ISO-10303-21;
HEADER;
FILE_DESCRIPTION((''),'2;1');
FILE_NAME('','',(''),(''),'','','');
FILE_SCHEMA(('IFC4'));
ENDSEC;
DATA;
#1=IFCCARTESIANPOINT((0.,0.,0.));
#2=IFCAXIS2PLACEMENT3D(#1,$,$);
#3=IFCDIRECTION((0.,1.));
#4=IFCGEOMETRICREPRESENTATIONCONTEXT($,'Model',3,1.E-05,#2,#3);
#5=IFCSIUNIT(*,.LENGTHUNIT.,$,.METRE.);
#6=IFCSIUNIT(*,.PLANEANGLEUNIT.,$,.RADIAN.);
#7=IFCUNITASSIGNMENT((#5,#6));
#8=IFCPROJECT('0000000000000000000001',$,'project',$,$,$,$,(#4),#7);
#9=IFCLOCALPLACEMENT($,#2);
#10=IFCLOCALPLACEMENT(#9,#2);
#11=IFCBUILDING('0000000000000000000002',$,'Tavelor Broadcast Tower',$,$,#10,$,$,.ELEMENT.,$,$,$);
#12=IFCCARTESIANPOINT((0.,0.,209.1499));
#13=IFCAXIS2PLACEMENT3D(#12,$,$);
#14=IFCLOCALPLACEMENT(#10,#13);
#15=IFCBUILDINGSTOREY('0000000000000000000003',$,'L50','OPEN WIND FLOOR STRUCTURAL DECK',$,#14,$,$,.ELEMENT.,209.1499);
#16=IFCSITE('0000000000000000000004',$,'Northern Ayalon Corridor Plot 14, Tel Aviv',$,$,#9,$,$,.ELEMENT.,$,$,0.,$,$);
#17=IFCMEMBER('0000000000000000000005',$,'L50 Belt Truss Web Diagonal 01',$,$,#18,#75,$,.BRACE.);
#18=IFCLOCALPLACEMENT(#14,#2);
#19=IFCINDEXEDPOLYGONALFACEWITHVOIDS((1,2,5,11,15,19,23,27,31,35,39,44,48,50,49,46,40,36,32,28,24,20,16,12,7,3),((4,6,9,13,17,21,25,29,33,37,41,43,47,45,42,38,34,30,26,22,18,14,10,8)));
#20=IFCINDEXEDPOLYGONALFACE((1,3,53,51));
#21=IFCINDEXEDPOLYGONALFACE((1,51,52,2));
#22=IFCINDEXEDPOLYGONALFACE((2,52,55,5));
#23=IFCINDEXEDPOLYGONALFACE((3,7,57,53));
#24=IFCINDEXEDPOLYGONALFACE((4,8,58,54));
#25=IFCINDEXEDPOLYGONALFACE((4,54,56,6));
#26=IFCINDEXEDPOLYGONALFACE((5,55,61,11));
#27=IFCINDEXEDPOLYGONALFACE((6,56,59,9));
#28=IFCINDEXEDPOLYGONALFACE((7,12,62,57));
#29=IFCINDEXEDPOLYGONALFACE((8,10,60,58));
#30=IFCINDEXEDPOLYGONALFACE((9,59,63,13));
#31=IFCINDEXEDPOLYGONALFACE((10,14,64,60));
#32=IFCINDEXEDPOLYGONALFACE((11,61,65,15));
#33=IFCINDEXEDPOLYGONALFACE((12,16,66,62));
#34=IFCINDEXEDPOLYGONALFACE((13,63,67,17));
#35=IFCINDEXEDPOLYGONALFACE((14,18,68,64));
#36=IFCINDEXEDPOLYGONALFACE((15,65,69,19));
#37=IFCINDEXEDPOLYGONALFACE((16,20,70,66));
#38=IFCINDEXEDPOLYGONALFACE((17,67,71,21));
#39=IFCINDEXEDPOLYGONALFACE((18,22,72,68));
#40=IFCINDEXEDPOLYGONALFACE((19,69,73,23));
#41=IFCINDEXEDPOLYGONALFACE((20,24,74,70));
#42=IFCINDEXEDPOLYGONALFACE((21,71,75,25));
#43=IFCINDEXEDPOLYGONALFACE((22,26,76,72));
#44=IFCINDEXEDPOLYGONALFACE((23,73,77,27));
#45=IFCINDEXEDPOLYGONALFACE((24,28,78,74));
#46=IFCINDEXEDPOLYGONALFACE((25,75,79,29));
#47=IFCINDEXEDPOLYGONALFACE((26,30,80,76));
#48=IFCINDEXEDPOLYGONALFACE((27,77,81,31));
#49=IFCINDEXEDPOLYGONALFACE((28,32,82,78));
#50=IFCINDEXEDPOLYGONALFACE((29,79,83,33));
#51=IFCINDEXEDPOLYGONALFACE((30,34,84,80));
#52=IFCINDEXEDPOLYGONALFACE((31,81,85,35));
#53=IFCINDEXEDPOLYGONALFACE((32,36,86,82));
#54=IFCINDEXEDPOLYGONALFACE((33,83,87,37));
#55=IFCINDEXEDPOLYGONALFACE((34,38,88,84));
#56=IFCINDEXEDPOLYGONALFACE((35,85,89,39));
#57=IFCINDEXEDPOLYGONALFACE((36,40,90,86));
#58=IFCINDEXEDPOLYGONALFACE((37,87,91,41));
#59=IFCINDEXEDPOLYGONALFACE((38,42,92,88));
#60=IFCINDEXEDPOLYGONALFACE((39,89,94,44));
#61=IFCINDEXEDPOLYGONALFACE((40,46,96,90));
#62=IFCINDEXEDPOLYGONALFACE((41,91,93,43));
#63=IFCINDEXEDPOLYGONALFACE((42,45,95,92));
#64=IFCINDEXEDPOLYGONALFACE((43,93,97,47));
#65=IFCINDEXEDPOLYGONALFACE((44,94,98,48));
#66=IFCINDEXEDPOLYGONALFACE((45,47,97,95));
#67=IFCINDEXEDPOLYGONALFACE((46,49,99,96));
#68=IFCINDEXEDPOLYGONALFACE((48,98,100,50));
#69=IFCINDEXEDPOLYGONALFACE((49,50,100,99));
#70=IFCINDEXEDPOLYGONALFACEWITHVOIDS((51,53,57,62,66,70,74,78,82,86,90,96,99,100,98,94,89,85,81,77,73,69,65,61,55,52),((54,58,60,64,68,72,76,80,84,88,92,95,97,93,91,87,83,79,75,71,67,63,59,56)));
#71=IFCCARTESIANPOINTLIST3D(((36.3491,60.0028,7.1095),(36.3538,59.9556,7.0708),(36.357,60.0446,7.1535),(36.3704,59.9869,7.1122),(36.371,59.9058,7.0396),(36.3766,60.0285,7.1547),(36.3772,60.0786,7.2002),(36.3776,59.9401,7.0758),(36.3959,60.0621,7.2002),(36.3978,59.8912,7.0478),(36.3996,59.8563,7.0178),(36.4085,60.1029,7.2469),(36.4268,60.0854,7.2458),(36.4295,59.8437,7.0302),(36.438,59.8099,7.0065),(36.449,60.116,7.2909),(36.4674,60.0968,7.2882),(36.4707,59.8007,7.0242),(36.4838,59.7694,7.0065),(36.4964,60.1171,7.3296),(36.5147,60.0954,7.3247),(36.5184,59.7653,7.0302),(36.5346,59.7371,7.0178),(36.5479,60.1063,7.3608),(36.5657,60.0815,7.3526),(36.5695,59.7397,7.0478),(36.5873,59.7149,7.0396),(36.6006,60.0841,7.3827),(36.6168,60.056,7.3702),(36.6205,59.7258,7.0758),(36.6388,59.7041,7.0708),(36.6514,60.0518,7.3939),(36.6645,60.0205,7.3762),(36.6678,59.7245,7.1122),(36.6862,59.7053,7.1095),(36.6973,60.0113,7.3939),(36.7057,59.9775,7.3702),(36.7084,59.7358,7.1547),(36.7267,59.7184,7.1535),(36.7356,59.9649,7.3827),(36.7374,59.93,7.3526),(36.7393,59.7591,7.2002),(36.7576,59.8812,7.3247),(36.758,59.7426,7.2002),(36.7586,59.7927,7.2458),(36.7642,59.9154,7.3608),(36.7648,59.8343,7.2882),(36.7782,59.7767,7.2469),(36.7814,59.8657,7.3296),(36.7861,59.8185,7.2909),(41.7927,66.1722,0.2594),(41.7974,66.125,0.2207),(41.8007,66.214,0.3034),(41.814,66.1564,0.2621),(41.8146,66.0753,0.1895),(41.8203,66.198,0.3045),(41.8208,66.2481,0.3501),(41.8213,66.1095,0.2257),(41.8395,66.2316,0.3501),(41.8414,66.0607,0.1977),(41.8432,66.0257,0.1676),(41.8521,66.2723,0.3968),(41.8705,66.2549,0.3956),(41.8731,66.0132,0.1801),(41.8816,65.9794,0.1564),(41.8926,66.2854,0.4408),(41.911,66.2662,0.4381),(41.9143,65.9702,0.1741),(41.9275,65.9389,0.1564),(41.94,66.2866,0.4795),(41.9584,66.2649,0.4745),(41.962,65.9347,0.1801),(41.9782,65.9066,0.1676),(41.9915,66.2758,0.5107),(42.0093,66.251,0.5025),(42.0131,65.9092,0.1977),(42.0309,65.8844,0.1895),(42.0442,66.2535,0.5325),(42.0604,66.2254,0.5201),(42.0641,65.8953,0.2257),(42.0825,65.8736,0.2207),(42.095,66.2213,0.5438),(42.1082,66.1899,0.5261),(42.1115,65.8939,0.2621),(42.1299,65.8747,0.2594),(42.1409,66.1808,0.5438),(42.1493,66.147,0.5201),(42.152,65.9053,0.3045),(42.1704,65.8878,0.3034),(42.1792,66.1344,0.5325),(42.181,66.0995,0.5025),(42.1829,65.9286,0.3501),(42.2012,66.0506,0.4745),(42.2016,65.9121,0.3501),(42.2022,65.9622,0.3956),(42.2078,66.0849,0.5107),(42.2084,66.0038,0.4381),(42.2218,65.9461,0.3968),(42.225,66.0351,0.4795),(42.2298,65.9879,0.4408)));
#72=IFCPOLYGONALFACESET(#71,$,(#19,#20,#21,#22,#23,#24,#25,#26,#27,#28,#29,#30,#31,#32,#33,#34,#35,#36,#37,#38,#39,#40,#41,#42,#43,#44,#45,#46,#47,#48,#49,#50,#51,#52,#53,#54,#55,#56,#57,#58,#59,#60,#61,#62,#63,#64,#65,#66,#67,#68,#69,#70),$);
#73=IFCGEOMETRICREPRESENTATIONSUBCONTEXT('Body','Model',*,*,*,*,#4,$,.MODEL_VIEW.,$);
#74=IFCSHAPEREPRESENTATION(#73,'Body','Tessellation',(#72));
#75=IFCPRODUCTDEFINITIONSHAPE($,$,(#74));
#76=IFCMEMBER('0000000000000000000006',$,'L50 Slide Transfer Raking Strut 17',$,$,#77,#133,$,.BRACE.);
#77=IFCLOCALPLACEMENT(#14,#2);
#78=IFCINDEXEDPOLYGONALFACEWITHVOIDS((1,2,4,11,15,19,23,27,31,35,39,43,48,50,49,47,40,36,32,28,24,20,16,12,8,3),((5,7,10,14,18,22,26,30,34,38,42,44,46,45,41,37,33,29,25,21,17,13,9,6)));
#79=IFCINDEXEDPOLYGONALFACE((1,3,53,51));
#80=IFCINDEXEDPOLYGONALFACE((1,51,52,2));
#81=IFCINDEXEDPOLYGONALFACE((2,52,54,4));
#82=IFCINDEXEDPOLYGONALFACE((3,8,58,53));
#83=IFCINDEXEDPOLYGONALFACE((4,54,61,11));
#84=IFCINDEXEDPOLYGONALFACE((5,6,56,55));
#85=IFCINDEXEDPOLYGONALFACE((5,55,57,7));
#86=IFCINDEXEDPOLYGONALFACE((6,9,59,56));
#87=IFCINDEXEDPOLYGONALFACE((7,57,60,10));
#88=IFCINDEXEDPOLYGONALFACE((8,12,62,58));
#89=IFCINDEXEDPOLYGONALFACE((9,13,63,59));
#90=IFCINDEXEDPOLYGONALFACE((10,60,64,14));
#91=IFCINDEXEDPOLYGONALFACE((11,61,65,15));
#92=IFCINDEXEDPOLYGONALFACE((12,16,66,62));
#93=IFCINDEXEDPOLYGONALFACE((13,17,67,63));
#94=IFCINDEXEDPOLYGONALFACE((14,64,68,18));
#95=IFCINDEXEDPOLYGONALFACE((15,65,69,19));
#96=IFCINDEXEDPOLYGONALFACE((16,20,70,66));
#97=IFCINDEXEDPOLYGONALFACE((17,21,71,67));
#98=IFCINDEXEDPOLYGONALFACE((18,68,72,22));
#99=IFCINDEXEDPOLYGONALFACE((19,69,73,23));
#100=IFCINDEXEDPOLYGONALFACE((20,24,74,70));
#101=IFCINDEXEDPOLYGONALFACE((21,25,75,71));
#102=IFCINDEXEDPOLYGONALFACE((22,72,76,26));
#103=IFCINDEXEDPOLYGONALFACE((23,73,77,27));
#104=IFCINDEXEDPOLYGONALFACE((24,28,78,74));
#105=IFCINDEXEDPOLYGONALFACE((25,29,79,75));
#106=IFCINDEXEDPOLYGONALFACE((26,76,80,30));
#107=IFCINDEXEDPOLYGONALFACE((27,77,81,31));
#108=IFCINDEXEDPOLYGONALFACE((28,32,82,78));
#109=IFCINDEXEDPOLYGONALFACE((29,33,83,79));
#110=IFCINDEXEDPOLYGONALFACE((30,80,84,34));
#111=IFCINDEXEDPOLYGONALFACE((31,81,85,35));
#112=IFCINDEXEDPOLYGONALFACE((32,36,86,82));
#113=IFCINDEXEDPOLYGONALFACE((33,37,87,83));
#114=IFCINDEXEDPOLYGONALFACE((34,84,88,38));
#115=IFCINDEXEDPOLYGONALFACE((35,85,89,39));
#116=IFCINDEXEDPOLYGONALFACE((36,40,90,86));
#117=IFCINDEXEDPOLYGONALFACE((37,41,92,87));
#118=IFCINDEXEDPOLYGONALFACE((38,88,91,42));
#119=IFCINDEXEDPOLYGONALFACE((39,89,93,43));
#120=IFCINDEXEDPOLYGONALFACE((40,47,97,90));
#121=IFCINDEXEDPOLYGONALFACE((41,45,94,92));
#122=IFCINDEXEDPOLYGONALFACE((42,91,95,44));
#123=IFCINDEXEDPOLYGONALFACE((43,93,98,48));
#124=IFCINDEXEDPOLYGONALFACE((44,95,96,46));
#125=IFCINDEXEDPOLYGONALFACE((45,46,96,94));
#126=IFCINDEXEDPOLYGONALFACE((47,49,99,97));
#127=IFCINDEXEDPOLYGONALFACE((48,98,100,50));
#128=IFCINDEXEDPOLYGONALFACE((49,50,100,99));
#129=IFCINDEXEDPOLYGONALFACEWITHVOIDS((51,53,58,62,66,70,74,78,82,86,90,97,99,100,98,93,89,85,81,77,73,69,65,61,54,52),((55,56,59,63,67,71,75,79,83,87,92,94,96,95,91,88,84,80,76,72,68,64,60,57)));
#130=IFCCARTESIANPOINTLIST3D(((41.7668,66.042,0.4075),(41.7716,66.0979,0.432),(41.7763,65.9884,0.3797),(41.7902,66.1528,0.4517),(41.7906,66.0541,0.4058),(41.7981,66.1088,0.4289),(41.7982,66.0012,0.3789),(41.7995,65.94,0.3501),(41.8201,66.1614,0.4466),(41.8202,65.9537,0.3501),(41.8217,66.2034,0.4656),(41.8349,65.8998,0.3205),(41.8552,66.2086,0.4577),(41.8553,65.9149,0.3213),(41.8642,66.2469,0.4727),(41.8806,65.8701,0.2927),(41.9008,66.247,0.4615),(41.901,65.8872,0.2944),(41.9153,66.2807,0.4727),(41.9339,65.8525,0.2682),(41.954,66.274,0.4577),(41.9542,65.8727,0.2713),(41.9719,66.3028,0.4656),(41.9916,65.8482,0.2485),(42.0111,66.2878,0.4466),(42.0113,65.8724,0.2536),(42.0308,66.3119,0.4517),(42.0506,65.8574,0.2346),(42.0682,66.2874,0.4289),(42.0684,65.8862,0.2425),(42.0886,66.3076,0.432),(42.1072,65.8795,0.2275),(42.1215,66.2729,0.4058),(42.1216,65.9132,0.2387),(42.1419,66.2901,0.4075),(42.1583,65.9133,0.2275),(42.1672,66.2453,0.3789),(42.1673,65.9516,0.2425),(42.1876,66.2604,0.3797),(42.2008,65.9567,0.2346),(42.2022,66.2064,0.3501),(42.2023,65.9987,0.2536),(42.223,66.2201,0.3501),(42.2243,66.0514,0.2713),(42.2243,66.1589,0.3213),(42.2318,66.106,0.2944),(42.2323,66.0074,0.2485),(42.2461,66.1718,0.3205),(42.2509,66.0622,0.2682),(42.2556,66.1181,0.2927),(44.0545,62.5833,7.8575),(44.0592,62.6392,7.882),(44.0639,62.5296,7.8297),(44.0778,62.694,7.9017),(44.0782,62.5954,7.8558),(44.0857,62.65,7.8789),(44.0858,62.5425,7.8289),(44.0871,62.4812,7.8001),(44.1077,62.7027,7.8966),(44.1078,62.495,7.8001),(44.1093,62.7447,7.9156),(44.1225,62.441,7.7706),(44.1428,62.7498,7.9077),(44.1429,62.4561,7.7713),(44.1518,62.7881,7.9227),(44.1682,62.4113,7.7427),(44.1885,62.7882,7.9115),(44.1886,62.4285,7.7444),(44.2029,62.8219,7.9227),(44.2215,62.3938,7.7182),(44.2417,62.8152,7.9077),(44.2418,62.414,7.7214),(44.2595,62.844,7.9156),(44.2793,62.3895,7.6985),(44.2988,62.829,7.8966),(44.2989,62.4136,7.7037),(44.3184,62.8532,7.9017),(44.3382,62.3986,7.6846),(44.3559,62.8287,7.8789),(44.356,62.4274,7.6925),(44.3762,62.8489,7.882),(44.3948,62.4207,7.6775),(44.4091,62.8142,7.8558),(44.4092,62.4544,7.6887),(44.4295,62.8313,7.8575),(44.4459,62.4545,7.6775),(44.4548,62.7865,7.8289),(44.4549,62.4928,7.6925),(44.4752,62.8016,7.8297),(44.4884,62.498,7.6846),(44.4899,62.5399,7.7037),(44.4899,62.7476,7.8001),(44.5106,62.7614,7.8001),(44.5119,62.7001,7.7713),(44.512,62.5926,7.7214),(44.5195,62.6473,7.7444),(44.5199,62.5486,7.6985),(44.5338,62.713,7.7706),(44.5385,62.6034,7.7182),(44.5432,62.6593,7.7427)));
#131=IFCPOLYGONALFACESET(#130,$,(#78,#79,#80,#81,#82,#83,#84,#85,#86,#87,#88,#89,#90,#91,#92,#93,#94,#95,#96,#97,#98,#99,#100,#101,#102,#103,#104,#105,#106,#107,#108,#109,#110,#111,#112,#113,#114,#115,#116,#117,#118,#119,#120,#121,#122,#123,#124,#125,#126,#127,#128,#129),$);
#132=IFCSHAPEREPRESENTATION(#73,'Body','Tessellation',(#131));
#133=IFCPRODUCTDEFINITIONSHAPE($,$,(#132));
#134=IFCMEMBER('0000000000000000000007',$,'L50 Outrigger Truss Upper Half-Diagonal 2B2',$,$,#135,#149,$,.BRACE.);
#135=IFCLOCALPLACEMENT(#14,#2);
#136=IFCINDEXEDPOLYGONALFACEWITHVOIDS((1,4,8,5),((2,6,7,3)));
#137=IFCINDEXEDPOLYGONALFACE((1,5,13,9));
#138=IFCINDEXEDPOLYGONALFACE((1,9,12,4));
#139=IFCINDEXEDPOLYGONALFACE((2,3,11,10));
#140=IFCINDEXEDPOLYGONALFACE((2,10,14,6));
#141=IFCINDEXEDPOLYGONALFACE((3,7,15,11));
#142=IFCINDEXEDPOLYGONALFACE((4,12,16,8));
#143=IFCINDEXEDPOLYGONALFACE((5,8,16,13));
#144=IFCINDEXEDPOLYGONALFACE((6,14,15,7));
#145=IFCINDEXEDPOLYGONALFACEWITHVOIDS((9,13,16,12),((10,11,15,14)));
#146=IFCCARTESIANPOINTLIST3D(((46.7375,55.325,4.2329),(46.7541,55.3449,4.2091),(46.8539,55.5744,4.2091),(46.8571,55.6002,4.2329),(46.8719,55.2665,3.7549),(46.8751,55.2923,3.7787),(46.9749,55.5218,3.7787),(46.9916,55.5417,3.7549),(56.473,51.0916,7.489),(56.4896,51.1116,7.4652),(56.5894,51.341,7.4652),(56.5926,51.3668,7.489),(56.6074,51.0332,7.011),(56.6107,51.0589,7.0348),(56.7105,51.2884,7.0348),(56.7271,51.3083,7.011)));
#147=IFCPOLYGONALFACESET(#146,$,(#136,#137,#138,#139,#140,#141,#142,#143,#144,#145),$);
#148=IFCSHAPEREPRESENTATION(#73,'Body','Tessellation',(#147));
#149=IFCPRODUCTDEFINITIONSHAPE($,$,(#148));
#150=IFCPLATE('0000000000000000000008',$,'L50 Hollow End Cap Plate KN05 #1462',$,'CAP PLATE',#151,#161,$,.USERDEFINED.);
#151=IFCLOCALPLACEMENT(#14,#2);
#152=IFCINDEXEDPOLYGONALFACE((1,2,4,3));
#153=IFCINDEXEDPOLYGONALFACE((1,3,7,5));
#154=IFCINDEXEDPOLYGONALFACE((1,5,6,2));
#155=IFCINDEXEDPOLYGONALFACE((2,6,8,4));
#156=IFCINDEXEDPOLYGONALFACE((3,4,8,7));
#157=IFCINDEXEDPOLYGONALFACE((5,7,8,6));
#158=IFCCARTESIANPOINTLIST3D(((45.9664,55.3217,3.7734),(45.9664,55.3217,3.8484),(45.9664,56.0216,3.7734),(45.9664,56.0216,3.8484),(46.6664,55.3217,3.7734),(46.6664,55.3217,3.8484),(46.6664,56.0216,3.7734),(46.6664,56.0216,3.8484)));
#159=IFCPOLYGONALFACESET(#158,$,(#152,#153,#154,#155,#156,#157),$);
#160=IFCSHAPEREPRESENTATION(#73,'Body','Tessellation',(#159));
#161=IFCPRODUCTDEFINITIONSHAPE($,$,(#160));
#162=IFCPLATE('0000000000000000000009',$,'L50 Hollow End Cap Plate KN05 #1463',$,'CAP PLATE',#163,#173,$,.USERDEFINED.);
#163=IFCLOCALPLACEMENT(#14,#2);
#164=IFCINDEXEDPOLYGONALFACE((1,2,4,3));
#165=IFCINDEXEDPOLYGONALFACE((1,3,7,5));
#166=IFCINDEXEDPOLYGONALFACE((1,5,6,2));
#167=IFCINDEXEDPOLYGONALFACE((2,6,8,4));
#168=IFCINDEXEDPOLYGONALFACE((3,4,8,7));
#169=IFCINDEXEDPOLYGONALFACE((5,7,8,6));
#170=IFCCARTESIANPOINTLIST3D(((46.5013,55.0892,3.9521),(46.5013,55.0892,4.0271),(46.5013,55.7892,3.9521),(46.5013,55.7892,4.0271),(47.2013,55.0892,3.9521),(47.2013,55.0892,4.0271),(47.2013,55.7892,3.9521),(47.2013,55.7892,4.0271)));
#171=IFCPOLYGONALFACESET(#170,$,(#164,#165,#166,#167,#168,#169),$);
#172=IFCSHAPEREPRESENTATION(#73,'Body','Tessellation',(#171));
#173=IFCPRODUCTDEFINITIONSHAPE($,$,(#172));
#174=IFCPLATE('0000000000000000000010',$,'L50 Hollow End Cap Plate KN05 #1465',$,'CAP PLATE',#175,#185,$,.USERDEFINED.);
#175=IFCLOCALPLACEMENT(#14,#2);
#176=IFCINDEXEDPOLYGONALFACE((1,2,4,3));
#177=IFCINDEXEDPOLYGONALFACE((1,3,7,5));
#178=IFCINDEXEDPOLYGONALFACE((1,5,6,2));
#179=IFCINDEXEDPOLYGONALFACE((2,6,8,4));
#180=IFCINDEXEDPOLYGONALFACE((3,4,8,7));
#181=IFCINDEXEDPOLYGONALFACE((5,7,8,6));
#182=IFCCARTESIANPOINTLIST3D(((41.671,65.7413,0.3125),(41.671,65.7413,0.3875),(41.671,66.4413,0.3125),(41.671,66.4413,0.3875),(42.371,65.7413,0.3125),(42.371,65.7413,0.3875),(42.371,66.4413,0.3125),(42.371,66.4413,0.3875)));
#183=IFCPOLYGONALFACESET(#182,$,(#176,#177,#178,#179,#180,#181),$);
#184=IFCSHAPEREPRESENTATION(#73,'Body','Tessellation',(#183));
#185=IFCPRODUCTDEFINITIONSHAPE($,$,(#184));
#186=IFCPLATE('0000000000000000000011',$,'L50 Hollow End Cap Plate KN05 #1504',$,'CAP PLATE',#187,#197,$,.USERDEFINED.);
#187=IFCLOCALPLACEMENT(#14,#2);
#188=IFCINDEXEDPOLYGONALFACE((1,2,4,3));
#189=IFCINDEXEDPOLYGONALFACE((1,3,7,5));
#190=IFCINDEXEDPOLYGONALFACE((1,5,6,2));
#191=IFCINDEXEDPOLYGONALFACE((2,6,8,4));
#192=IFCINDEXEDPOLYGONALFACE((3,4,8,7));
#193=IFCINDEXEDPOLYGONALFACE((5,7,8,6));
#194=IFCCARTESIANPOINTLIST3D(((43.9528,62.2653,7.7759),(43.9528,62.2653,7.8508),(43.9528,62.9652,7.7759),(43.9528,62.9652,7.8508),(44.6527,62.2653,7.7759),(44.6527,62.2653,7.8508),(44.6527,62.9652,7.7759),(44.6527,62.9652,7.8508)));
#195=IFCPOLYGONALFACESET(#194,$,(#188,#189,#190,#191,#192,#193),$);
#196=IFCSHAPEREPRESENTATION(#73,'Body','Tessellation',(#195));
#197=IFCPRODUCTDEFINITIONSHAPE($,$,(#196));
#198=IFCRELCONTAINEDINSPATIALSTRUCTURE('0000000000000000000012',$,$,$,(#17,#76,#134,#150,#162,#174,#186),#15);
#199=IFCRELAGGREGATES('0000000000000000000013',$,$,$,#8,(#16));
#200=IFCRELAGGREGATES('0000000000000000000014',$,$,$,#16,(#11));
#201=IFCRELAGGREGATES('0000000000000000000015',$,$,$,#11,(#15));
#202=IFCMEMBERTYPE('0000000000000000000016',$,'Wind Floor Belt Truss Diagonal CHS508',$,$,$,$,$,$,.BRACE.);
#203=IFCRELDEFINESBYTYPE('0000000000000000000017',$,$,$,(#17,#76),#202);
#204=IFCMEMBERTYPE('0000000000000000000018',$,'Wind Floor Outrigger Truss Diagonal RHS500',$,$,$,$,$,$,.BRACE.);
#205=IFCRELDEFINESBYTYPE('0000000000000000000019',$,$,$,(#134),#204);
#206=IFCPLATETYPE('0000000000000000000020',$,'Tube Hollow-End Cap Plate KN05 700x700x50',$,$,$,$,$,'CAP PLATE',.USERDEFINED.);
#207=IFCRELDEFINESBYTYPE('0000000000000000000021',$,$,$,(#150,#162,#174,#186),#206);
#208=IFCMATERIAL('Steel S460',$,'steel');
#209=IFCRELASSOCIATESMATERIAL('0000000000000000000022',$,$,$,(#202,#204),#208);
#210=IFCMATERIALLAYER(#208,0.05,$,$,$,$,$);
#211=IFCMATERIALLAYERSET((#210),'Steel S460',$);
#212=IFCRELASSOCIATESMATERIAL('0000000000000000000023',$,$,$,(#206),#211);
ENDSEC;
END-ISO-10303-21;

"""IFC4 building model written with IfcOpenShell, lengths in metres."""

from ifc_helpers import new_model, si_unit, direction, frame, origin, origin_2d, place, context, subcontext, project, spatial, rectangle, hollow_rectangle, hollow_circle, extrude, source, transform, mapped, material, layer, layer_set, material_profile, profile_set, type_object, type_shapes, element, save


model = new_model("IFC4")

# Units and contexts
model_context = context("Model", 3, precision=1e-05, world=origin(), true_north=direction((0.0, 1.0)))
body_context = subcontext(model_context, "Body", "Model", "MODEL_VIEW")
ifc_project = project(units=[si_unit("LENGTHUNIT", "METRE"), si_unit("PLANEANGLEUNIT", "RADIAN")], contexts=[model_context])

# Site, building, storey
site_placement = place(None, origin())
site = spatial("IfcSite", under=ifc_project, at=site_placement, Name="Northern Ayalon Corridor Plot 14, Tel Aviv", CompositionType="ELEMENT", RefElevation=0.0)
building_placement = place(site_placement, origin())
building = spatial("IfcBuilding", under=site, at=building_placement, Name="Tavelor Broadcast Tower", CompositionType="ELEMENT")
storey_placement = place(building_placement, frame((0.0, 0.0, 209.1499)))
storey = spatial("IfcBuildingStorey", under=building, at=storey_placement, Name="L50", Description="OPEN WIND FLOOR STRUCTURAL DECK", CompositionType="ELEMENT", Elevation=209.1499)

# Shared definitions
ifc_material_1 = material(Name="Steel S460", Category="steel")

# Members
ifc_material_profile_1 = material_profile(ifc_material_1, hollow_circle(Radius=0.2539, WallThickness=0.0249, at=origin_2d()), Name="CHS 508x25")
ifc_profile_set_1 = profile_set([ifc_material_profile_1], Name="Steel S460")
member_type_1 = type_object("IfcMemberType", Name="Wind Floor Belt Truss Diagonal CHS508", PredefinedType="BRACE", material=ifc_profile_set_1)
member_1_placement = place(storey_placement, frame((42.0112, 66.0801, 0.3501), z_axis=(-0.508463, -0.576259, 0.639837), x_axis=(0.749839, -0.661621, 0.0)))
element("IfcMember", 1, at=member_1_placement, inside=storey, type_object=member_type_1, Name="L50 Belt Truss Web Diagonal 01", PredefinedType="BRACE", context=body_context, shape_type="SweptSolid", body=[
    extrude(hollow_circle(Radius=0.2539, WallThickness=0.0249, at=origin_2d()), origin(), (0.0, 0.0, 1.0), 10.7061),
])
member_2_placement = place(storey_placement, frame((42.0112, 66.0801, 0.3501), z_axis=(0.268299, -0.405656, 0.873762), x_axis=(0.834074, 0.551653, 0.0)))
element("IfcMember", 2, at=member_2_placement, inside=storey, type_object=member_type_1, Name="L50 Slide Transfer Raking Strut 17", PredefinedType="BRACE", context=body_context, shape_type="SweptSolid", body=[
    extrude(hollow_circle(Radius=0.2539, WallThickness=0.0249, at=origin_2d()), origin(), (0.0, 0.0, 1.0), 8.5264),
])
ifc_material_profile_2 = material_profile(ifc_material_1, hollow_rectangle(XDim=0.3, YDim=0.5, WallThickness=0.0249, at=origin_2d()), Name="RHS 500x300x25")
ifc_profile_set_2 = profile_set([ifc_material_profile_2], Name="Steel S460")
member_type_2 = type_object("IfcMemberType", Name="Wind Floor Outrigger Truss Diagonal RHS500", PredefinedType="BRACE", material=ifc_profile_set_2)
member_3_placement = place(storey_placement, frame((46.8645, 55.4333, 3.9939), z_axis=(0.87674, -0.381239, 0.293229), x_axis=(0.398768, 0.917052, 0.0)))
element("IfcMember", 3, at=member_3_placement, inside=storey, type_object=member_type_2, Name="L50 Outrigger Truss Upper Half-Diagonal 2B2", PredefinedType="BRACE", context=body_context, shape_type="SweptSolid", body=[
    extrude(hollow_rectangle(XDim=0.3, YDim=0.5, WallThickness=0.0249, at=origin_2d()), origin(), (0.0, 0.0, 1.0), 11.1042),
])

# Plates
ifc_layer_1 = layer(ifc_material_1, 0.05)
ifc_layer_set_1 = layer_set([ifc_layer_1], Name="Steel S460")
plate_type_1 = type_object("IfcPlateType", Name="Tube Hollow-End Cap Plate KN05 700x700x50", ElementType="CAP PLATE", PredefinedType="USERDEFINED", material=ifc_layer_set_1)
shared_shape_1 = source(origin(), body_context, "Body", "SweptSolid", [
    extrude(rectangle(XDim=0.7, YDim=0.7, at=origin_2d()), origin(), (0.0, 0.0, 1.0), 0.075),
])
type_shapes(plate_type_1, [shared_shape_1])
for number, where, z_axis, x_axis, name in (
    (4, (46.3164, 55.6716, 3.7734), (0.0, 0.0, 1.0), (1.0, 0.0, 0.0), "L50 Hollow End Cap Plate KN05 #1462"),
    (5, (46.8513, 55.4392, 3.9521), (0.0, 0.0, 1.0), (1.0, 0.0, 0.0), "L50 Hollow End Cap Plate KN05 #1463"),
    (6, (42.021, 66.0913, 0.3125), (0.0, 0.0, 1.0), (1.0, 0.0, 0.0), "L50 Hollow End Cap Plate KN05 #1465"),
    (7, (44.3027, 62.6152, 7.7759), (0.0, 0.0, 1.0), (1.0, 0.0, 0.0), "L50 Hollow End Cap Plate KN05 #1504"),
):
    element("IfcPlate", number, at=place(storey_placement, frame(where, z_axis=z_axis, x_axis=x_axis)), inside=storey, type_object=plate_type_1, Name=name, ObjectType="CAP PLATE", PredefinedType="USERDEFINED", context=body_context, shape_type="MappedRepresentation", body=[
        mapped(shared_shape_1, transform((0.0, 0.0, 0.0), scale=1.0)),
    ])

save(model, "model.ifc")
